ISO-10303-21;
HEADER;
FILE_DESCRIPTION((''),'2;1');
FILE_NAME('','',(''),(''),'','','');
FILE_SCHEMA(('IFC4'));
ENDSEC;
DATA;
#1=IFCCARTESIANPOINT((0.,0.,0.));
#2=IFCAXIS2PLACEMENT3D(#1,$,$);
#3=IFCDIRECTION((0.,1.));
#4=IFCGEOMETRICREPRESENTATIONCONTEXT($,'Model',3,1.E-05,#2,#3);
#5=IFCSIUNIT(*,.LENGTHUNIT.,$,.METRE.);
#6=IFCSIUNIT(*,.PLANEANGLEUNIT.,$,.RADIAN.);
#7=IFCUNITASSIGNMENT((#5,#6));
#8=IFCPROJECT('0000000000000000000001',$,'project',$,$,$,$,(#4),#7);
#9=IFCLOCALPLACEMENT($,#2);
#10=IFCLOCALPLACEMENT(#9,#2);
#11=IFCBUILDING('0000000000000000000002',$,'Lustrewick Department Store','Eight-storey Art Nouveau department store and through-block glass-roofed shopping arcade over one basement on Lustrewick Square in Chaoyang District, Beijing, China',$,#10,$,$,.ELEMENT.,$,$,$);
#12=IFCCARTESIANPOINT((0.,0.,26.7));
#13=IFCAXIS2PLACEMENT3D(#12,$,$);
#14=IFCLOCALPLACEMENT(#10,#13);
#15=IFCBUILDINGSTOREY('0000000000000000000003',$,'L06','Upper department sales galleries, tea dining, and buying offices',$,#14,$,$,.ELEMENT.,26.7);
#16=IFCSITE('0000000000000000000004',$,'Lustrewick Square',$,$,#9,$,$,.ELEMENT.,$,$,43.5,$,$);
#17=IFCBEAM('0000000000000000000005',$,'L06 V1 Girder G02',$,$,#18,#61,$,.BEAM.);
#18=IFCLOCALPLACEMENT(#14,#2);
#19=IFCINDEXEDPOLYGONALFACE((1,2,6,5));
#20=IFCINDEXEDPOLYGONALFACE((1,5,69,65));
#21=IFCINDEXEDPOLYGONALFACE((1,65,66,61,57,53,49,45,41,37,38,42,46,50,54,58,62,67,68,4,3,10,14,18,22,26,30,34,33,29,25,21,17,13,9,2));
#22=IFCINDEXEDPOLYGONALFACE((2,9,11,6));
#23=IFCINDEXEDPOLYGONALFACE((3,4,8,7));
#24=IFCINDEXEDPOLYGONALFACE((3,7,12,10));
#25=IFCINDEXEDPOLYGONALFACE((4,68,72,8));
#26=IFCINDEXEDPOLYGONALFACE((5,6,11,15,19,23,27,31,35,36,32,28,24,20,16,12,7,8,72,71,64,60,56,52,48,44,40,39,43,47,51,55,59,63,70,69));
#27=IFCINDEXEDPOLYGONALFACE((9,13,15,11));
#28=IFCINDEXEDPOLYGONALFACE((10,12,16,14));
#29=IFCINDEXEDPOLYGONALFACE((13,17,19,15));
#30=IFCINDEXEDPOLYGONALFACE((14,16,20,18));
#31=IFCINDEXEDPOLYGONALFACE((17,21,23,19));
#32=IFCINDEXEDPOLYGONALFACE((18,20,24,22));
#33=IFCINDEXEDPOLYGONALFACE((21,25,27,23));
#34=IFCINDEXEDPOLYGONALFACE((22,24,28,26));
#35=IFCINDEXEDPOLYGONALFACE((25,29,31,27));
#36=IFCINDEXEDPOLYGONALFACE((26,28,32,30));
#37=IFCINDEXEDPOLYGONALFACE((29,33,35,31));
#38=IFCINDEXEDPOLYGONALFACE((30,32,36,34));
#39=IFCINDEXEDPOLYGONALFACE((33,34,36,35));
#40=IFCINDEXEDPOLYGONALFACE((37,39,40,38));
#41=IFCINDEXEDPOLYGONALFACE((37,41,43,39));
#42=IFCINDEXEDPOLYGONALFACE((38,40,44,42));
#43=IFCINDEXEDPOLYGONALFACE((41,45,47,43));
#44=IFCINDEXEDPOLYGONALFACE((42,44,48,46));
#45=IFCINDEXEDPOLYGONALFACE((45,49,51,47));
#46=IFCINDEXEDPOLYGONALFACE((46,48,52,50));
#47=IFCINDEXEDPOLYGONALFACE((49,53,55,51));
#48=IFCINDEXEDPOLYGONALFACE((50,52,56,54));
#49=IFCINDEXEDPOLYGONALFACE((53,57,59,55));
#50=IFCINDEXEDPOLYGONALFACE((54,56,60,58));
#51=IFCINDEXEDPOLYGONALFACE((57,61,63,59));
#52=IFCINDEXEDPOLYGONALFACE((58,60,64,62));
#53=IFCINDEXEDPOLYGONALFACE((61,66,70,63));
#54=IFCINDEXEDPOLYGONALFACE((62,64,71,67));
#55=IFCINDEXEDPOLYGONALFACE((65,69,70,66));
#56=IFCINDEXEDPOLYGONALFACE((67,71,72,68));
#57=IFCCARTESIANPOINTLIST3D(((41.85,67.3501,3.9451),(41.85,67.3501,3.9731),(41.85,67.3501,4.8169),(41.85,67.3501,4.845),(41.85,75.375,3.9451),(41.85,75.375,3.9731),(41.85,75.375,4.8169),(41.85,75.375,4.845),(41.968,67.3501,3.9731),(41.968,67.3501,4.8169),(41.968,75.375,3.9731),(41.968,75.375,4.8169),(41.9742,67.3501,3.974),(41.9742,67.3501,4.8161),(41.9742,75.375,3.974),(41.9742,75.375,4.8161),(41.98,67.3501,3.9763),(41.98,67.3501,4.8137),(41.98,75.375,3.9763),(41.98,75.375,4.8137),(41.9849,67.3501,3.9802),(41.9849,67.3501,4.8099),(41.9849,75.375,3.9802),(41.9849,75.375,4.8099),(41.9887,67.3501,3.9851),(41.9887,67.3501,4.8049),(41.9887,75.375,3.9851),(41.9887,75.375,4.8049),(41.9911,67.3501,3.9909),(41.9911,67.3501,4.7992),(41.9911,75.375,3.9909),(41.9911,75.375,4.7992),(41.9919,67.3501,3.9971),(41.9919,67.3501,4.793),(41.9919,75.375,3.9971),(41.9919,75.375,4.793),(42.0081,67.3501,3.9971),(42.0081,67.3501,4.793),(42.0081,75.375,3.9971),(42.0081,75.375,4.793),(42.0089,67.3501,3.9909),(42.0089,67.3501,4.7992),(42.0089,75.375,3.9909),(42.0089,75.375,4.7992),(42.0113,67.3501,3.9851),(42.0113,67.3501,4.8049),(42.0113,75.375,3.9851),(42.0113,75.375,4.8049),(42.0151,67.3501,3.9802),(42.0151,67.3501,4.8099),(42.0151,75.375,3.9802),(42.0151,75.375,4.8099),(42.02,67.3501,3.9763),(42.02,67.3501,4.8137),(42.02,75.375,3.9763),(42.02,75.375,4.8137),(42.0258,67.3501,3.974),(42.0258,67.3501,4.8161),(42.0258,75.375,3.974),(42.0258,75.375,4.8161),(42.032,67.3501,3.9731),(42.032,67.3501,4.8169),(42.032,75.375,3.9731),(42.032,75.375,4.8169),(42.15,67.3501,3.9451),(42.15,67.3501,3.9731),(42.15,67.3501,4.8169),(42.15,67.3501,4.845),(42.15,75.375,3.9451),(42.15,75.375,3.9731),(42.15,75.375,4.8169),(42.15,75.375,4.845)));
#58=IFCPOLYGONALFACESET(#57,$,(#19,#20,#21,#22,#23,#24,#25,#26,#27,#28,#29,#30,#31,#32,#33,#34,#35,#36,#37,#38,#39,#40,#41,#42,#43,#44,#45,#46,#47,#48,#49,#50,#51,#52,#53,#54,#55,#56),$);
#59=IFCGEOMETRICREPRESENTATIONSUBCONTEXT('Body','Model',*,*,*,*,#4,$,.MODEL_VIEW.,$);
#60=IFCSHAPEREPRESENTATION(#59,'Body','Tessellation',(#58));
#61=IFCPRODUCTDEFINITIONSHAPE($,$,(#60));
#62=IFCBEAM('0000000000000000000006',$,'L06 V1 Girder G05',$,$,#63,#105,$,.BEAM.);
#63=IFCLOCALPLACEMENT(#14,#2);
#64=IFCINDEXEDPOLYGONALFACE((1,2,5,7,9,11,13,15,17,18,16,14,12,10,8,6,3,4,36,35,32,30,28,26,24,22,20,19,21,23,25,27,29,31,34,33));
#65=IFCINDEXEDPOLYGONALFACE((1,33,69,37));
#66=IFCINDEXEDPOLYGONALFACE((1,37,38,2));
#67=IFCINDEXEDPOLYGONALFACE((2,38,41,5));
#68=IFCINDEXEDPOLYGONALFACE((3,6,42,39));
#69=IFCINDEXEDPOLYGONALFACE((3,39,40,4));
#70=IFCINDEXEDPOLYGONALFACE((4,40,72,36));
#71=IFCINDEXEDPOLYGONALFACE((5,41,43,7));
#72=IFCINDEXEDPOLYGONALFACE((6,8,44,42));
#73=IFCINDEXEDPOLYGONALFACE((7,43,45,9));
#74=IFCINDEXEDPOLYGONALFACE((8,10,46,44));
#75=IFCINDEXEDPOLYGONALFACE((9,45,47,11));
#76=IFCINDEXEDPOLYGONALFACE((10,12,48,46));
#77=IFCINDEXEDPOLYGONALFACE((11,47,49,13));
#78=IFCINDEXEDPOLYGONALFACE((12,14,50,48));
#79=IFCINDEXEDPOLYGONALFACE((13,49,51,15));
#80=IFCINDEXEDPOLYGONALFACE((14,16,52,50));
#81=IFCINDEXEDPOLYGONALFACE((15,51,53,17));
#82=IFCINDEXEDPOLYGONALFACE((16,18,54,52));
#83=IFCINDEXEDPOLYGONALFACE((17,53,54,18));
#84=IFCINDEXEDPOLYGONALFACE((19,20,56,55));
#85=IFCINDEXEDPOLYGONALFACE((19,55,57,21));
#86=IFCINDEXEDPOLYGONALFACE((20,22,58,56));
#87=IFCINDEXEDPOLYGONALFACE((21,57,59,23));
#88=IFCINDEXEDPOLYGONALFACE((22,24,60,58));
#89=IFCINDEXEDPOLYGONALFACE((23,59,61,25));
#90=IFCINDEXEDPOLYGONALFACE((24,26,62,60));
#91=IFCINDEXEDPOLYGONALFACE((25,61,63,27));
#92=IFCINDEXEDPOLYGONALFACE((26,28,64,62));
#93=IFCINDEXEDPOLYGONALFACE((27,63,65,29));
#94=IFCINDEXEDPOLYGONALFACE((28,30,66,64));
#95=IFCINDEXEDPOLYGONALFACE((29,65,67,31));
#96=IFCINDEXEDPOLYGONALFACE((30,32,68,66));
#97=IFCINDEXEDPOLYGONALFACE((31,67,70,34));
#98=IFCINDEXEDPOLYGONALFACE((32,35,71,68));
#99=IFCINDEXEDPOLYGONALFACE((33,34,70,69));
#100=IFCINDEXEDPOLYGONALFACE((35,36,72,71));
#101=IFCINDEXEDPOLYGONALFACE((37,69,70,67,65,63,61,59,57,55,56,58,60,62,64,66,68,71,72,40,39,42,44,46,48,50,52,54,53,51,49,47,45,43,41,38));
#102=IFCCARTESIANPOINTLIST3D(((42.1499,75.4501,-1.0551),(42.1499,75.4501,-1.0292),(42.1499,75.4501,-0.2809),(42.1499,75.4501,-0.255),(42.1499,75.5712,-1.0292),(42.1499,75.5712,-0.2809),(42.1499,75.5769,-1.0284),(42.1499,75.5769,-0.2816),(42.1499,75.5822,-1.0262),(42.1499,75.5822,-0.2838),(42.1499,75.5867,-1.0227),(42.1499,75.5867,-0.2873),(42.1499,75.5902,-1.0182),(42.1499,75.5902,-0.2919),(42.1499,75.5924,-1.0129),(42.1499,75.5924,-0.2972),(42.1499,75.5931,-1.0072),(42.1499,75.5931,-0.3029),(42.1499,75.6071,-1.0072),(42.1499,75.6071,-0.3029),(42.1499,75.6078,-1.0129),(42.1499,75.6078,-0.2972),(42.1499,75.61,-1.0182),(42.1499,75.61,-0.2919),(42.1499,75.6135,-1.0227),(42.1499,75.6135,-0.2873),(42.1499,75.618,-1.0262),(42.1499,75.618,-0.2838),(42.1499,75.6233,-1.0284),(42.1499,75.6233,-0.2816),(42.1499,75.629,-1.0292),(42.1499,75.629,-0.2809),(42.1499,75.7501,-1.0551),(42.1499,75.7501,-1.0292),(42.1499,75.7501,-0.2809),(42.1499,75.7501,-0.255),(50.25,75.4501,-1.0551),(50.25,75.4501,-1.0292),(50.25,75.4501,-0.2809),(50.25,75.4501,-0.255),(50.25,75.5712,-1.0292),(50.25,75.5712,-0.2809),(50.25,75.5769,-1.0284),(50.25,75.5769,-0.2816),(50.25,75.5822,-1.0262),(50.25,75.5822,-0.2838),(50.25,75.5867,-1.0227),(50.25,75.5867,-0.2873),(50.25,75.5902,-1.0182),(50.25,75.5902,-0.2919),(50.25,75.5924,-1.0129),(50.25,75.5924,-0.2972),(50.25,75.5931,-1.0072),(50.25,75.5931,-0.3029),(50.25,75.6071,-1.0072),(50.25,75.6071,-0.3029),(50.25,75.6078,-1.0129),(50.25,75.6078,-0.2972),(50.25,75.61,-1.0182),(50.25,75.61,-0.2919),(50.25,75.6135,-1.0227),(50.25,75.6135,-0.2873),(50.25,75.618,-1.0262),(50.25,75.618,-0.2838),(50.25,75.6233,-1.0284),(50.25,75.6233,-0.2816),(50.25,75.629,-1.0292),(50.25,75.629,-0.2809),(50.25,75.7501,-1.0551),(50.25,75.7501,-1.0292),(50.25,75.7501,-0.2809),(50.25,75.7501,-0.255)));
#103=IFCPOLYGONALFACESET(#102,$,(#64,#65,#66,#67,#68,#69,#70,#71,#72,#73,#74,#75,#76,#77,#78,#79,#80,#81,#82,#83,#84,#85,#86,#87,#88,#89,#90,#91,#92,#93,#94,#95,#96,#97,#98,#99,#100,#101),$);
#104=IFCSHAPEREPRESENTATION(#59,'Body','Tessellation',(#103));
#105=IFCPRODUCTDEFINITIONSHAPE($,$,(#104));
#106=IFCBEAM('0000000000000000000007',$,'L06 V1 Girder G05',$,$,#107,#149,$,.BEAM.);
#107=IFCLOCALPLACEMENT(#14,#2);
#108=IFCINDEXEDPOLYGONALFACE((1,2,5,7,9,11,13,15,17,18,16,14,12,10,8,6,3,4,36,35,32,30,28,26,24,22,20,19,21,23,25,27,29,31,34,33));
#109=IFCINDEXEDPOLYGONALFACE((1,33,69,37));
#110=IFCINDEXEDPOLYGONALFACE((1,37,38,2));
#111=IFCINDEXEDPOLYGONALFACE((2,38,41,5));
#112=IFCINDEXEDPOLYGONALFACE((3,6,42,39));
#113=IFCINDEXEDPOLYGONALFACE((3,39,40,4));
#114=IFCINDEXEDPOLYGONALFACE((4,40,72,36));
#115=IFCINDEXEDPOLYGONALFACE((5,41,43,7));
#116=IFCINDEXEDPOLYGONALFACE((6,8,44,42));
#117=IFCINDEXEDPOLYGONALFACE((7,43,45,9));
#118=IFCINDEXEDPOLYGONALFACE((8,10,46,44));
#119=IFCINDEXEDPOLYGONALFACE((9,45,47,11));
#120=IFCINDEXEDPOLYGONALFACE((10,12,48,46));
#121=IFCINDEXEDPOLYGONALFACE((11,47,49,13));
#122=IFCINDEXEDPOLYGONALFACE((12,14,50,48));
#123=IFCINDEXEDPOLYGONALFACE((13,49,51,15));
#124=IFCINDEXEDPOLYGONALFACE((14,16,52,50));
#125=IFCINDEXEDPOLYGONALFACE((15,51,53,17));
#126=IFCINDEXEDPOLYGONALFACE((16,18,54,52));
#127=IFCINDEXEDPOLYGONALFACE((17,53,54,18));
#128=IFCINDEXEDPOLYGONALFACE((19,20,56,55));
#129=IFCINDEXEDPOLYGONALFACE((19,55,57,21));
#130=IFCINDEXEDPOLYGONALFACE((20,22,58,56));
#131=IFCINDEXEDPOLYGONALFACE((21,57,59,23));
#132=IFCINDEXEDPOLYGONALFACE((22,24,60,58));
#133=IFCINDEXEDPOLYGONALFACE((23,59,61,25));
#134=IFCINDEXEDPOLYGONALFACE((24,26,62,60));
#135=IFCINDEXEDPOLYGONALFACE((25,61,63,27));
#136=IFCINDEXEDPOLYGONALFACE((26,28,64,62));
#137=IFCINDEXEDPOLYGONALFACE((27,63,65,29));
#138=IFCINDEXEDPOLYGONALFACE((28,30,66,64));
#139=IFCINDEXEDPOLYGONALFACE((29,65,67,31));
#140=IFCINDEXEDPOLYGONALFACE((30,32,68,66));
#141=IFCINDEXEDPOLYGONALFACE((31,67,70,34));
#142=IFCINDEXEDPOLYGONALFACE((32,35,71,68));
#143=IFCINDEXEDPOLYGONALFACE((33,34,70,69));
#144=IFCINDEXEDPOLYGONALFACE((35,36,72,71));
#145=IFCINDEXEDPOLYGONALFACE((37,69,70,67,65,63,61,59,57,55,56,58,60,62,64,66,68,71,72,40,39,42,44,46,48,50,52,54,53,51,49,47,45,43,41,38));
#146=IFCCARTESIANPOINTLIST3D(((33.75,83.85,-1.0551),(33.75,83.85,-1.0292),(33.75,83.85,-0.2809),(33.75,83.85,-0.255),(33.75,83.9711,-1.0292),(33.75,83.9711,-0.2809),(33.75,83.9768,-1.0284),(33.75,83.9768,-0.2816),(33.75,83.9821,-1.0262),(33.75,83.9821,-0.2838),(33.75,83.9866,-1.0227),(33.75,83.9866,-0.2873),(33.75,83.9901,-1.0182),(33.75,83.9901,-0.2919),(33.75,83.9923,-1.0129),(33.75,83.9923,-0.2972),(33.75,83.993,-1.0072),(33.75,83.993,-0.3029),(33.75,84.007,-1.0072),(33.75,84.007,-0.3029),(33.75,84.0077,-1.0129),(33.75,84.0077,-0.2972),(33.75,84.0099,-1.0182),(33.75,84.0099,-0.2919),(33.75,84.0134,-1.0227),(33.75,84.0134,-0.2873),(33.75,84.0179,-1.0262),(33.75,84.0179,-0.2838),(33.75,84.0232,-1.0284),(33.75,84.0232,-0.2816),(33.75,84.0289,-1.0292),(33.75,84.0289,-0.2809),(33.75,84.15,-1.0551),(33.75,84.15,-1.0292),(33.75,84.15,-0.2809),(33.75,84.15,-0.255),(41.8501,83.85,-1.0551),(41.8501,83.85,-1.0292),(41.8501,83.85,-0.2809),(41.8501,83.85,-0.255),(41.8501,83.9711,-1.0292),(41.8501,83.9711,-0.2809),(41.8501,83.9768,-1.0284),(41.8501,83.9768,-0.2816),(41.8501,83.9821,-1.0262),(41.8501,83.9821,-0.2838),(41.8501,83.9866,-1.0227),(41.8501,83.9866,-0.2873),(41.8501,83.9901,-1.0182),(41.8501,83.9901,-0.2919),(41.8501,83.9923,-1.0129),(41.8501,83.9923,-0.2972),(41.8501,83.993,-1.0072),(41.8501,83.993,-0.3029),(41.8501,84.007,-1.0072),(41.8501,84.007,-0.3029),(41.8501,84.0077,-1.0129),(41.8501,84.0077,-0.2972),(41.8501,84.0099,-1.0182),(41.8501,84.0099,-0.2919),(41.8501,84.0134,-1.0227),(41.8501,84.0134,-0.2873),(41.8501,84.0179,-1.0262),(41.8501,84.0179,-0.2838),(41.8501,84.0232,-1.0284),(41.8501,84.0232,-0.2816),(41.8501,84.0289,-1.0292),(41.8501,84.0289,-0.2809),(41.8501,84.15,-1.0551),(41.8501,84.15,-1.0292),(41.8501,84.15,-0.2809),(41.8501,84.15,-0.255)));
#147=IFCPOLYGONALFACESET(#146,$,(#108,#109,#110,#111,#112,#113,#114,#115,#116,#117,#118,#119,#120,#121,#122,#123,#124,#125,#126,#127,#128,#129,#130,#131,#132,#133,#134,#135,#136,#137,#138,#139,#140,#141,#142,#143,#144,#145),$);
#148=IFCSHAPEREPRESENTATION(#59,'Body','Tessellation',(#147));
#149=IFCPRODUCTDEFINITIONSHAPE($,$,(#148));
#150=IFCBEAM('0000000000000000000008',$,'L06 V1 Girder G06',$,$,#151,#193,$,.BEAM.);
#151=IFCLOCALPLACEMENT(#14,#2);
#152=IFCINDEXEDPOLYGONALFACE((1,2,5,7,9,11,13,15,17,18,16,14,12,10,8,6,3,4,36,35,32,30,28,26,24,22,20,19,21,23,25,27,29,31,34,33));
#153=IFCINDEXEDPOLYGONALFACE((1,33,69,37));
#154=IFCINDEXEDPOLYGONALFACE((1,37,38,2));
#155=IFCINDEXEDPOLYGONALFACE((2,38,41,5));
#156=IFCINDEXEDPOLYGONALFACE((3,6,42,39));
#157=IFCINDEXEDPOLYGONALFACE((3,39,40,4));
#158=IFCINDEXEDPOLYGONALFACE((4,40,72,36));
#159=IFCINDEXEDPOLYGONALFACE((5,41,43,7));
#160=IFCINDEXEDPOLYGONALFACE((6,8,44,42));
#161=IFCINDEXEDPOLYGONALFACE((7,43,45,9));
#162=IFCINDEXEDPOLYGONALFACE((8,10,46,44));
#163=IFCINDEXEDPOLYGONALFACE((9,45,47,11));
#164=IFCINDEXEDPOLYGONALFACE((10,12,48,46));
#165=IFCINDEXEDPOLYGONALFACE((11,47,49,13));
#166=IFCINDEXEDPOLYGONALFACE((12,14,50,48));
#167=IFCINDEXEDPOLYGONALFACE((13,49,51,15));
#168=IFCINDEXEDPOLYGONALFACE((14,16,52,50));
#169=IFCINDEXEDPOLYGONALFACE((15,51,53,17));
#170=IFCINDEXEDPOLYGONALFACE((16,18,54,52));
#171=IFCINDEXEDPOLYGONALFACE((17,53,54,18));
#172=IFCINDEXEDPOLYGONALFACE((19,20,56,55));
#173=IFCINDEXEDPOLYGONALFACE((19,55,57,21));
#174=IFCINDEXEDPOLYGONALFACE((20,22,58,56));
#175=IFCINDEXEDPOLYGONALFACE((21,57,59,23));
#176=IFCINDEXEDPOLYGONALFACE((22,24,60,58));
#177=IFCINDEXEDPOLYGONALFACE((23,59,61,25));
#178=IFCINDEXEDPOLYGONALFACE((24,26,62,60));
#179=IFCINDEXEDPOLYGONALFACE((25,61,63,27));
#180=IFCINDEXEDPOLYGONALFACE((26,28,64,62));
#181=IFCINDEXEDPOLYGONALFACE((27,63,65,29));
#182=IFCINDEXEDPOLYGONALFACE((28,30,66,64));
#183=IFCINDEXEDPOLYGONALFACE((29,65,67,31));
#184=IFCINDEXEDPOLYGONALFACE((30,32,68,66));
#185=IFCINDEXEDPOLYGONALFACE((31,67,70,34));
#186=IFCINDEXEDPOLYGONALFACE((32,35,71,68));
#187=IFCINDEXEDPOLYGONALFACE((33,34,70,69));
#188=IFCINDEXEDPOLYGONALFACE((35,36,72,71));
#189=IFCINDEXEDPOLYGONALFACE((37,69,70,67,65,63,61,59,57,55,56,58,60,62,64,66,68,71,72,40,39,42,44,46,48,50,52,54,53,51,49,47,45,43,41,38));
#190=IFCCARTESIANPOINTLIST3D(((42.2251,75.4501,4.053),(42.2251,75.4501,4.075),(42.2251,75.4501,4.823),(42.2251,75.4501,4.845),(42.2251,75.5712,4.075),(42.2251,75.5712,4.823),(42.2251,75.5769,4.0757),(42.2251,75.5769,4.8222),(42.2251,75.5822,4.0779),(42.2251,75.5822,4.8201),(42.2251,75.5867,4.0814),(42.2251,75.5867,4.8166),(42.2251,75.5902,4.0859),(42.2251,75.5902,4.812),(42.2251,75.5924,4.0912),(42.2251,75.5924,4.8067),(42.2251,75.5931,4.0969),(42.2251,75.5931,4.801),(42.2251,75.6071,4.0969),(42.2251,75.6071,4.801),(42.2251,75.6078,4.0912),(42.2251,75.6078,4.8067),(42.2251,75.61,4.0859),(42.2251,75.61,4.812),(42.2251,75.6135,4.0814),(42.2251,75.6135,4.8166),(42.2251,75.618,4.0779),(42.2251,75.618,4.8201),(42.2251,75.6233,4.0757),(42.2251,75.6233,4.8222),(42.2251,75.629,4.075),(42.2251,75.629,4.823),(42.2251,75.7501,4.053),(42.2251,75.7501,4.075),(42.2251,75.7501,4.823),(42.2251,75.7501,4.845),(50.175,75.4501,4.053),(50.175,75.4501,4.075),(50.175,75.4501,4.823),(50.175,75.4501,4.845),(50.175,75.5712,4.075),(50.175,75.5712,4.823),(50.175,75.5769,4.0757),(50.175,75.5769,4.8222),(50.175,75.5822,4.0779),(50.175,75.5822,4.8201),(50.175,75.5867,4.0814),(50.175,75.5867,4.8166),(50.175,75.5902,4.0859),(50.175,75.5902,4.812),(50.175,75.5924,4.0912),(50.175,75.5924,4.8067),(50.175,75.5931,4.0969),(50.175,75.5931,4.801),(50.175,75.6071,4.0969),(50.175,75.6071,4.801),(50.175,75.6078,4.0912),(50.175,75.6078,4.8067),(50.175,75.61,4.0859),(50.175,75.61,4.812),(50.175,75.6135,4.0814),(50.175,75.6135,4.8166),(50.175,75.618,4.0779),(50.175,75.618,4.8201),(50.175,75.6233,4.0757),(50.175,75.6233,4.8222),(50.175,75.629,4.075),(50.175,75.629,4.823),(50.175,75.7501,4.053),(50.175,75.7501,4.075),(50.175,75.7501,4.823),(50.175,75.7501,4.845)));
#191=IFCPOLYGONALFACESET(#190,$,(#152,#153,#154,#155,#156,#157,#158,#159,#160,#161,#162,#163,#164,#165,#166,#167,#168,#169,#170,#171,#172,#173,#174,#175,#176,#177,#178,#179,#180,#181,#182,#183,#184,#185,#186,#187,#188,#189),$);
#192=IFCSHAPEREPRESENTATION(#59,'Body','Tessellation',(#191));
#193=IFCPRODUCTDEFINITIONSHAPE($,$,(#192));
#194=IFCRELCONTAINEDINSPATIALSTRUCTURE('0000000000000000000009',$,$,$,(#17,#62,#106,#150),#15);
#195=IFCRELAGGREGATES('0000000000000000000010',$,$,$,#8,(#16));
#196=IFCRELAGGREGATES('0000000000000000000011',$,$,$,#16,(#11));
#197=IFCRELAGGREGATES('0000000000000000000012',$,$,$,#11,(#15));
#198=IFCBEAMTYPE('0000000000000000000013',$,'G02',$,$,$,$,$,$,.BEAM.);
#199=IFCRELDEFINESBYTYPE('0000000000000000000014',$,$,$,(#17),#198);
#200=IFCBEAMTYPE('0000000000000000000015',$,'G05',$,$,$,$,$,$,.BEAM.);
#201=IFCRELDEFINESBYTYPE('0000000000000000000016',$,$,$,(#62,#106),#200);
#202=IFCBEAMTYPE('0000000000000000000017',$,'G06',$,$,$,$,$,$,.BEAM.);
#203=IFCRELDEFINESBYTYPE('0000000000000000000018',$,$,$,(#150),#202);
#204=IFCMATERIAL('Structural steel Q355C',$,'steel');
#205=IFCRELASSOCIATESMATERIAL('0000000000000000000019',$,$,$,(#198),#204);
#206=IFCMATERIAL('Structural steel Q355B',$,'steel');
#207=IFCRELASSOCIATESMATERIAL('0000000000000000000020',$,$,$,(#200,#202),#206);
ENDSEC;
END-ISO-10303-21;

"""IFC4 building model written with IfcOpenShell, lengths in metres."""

from ifc_helpers import new_model, si_unit, direction, frame, origin, origin_2d, place, context, subcontext, project, spatial, i_section, extrude, material, material_profile, profile_set, type_object, element, save


model = new_model("IFC4")

# Units and contexts
model_context = context("Model", 3, precision=1e-05, world=origin(), true_north=direction((0.0, 1.0)))
body_context = subcontext(model_context, "Body", "Model", "MODEL_VIEW")
ifc_project = project(units=[si_unit("LENGTHUNIT", "METRE"), si_unit("PLANEANGLEUNIT", "RADIAN")], contexts=[model_context])

# Site, building, storey
site_placement = place(None, origin())
site = spatial("IfcSite", under=ifc_project, at=site_placement, Name="Lustrewick Square", CompositionType="ELEMENT", RefElevation=43.5)
building_placement = place(site_placement, origin())
building = spatial("IfcBuilding", under=site, at=building_placement, Name="Lustrewick Department Store", Description="Eight-storey Art Nouveau department store and through-block glass-roofed shopping arcade over one basement on Lustrewick Square in Chaoyang District, Beijing, China", CompositionType="ELEMENT")
storey_placement = place(building_placement, frame((0.0, 0.0, 26.7)))
storey = spatial("IfcBuildingStorey", under=building, at=storey_placement, Name="L06", Description="Upper department sales galleries, tea dining, and buying offices", CompositionType="ELEMENT", Elevation=26.7)

# Shared definitions
ifc_material_1 = material(Name="Structural steel Q355B", Category="steel")

# Beams
ifc_material_2 = material(Name="Structural steel Q355C", Category="steel")
ifc_material_profile_1 = material_profile(ifc_material_2, i_section(OverallWidth=0.3, OverallDepth=0.8999, WebThickness=0.0161, FlangeThickness=0.0281, FilletRadius=0.0239, at=origin_2d()), Name="HN 900x300x16x28")
ifc_profile_set_1 = profile_set([ifc_material_profile_1], Name="Structural steel Q355C")
beam_type_1 = type_object("IfcBeamType", Name="G02", PredefinedType="BEAM", material=ifc_profile_set_1)
beam_1_placement = place(storey_placement, frame((42.0, 67.3501, 4.395), z_axis=(0.0, 1.0, 0.0), x_axis=(-1.0, 0.0, 0.0)))
element("IfcBeam", 1, at=beam_1_placement, inside=storey, type_object=beam_type_1, Name="L06 V1 Girder G02", PredefinedType="BEAM", context=body_context, shape_type="SweptSolid", body=[
    extrude(i_section(OverallWidth=0.3, OverallDepth=0.8999, WebThickness=0.0161, FlangeThickness=0.0281, FilletRadius=0.0239, at=origin_2d()), origin(), (0.0, 0.0, 1.0), 8.0249),
])
ifc_material_profile_2 = material_profile(ifc_material_1, i_section(OverallWidth=0.3, OverallDepth=0.8, WebThickness=0.0139, FlangeThickness=0.0259, FilletRadius=0.022, at=origin_2d()), Name="HN 800x300x14x26")
ifc_profile_set_2 = profile_set([ifc_material_profile_2], Name="Structural steel Q355B")
beam_type_2 = type_object("IfcBeamType", Name="G05", PredefinedType="BEAM", material=ifc_profile_set_2)
for number, where, z_axis, x_axis, name in (
    (2, (42.1499, 75.6001, -0.655), (1.0, 0.0, 0.0), (0.0, 1.0, 0.0), "L06 V1 Girder G05"),
    (3, (33.75, 84.0, -0.655), (1.0, 0.0, 0.0), (0.0, 1.0, 0.0), "L06 V1 Girder G05"),
):
    element("IfcBeam", number, at=place(storey_placement, frame(where, z_axis=z_axis, x_axis=x_axis)), inside=storey, type_object=beam_type_2, Name=name, PredefinedType="BEAM", context=body_context, shape_type="SweptSolid", body=[
        extrude(i_section(OverallWidth=0.3, OverallDepth=0.8, WebThickness=0.0139, FlangeThickness=0.0259, FilletRadius=0.022, at=origin_2d()), origin(), (0.0, 0.0, 1.0), 8.1001),
    ])
ifc_material_profile_3 = material_profile(ifc_material_1, i_section(OverallWidth=0.3, OverallDepth=0.792, WebThickness=0.0139, FlangeThickness=0.022, FilletRadius=0.022, at=origin_2d()), Name="HN 792x300x14x22")
ifc_profile_set_3 = profile_set([ifc_material_profile_3], Name="Structural steel Q355B")
beam_type_3 = type_object("IfcBeamType", Name="G06", PredefinedType="BEAM", material=ifc_profile_set_3)
for number, where, z_axis, x_axis, name in (
    (4, (42.2251, 75.6001, 4.449), (1.0, 0.0, 0.0), (0.0, 1.0, 0.0), "L06 V1 Girder G06"),
):
    element("IfcBeam", number, at=place(storey_placement, frame(where, z_axis=z_axis, x_axis=x_axis)), inside=storey, type_object=beam_type_3, Name=name, PredefinedType="BEAM", context=body_context, shape_type="SweptSolid", body=[
        extrude(i_section(OverallWidth=0.3, OverallDepth=0.792, WebThickness=0.0139, FlangeThickness=0.022, FilletRadius=0.022, at=origin_2d()), origin(), (0.0, 0.0, 1.0), 7.95),
    ])

save(model, "model.ifc")
